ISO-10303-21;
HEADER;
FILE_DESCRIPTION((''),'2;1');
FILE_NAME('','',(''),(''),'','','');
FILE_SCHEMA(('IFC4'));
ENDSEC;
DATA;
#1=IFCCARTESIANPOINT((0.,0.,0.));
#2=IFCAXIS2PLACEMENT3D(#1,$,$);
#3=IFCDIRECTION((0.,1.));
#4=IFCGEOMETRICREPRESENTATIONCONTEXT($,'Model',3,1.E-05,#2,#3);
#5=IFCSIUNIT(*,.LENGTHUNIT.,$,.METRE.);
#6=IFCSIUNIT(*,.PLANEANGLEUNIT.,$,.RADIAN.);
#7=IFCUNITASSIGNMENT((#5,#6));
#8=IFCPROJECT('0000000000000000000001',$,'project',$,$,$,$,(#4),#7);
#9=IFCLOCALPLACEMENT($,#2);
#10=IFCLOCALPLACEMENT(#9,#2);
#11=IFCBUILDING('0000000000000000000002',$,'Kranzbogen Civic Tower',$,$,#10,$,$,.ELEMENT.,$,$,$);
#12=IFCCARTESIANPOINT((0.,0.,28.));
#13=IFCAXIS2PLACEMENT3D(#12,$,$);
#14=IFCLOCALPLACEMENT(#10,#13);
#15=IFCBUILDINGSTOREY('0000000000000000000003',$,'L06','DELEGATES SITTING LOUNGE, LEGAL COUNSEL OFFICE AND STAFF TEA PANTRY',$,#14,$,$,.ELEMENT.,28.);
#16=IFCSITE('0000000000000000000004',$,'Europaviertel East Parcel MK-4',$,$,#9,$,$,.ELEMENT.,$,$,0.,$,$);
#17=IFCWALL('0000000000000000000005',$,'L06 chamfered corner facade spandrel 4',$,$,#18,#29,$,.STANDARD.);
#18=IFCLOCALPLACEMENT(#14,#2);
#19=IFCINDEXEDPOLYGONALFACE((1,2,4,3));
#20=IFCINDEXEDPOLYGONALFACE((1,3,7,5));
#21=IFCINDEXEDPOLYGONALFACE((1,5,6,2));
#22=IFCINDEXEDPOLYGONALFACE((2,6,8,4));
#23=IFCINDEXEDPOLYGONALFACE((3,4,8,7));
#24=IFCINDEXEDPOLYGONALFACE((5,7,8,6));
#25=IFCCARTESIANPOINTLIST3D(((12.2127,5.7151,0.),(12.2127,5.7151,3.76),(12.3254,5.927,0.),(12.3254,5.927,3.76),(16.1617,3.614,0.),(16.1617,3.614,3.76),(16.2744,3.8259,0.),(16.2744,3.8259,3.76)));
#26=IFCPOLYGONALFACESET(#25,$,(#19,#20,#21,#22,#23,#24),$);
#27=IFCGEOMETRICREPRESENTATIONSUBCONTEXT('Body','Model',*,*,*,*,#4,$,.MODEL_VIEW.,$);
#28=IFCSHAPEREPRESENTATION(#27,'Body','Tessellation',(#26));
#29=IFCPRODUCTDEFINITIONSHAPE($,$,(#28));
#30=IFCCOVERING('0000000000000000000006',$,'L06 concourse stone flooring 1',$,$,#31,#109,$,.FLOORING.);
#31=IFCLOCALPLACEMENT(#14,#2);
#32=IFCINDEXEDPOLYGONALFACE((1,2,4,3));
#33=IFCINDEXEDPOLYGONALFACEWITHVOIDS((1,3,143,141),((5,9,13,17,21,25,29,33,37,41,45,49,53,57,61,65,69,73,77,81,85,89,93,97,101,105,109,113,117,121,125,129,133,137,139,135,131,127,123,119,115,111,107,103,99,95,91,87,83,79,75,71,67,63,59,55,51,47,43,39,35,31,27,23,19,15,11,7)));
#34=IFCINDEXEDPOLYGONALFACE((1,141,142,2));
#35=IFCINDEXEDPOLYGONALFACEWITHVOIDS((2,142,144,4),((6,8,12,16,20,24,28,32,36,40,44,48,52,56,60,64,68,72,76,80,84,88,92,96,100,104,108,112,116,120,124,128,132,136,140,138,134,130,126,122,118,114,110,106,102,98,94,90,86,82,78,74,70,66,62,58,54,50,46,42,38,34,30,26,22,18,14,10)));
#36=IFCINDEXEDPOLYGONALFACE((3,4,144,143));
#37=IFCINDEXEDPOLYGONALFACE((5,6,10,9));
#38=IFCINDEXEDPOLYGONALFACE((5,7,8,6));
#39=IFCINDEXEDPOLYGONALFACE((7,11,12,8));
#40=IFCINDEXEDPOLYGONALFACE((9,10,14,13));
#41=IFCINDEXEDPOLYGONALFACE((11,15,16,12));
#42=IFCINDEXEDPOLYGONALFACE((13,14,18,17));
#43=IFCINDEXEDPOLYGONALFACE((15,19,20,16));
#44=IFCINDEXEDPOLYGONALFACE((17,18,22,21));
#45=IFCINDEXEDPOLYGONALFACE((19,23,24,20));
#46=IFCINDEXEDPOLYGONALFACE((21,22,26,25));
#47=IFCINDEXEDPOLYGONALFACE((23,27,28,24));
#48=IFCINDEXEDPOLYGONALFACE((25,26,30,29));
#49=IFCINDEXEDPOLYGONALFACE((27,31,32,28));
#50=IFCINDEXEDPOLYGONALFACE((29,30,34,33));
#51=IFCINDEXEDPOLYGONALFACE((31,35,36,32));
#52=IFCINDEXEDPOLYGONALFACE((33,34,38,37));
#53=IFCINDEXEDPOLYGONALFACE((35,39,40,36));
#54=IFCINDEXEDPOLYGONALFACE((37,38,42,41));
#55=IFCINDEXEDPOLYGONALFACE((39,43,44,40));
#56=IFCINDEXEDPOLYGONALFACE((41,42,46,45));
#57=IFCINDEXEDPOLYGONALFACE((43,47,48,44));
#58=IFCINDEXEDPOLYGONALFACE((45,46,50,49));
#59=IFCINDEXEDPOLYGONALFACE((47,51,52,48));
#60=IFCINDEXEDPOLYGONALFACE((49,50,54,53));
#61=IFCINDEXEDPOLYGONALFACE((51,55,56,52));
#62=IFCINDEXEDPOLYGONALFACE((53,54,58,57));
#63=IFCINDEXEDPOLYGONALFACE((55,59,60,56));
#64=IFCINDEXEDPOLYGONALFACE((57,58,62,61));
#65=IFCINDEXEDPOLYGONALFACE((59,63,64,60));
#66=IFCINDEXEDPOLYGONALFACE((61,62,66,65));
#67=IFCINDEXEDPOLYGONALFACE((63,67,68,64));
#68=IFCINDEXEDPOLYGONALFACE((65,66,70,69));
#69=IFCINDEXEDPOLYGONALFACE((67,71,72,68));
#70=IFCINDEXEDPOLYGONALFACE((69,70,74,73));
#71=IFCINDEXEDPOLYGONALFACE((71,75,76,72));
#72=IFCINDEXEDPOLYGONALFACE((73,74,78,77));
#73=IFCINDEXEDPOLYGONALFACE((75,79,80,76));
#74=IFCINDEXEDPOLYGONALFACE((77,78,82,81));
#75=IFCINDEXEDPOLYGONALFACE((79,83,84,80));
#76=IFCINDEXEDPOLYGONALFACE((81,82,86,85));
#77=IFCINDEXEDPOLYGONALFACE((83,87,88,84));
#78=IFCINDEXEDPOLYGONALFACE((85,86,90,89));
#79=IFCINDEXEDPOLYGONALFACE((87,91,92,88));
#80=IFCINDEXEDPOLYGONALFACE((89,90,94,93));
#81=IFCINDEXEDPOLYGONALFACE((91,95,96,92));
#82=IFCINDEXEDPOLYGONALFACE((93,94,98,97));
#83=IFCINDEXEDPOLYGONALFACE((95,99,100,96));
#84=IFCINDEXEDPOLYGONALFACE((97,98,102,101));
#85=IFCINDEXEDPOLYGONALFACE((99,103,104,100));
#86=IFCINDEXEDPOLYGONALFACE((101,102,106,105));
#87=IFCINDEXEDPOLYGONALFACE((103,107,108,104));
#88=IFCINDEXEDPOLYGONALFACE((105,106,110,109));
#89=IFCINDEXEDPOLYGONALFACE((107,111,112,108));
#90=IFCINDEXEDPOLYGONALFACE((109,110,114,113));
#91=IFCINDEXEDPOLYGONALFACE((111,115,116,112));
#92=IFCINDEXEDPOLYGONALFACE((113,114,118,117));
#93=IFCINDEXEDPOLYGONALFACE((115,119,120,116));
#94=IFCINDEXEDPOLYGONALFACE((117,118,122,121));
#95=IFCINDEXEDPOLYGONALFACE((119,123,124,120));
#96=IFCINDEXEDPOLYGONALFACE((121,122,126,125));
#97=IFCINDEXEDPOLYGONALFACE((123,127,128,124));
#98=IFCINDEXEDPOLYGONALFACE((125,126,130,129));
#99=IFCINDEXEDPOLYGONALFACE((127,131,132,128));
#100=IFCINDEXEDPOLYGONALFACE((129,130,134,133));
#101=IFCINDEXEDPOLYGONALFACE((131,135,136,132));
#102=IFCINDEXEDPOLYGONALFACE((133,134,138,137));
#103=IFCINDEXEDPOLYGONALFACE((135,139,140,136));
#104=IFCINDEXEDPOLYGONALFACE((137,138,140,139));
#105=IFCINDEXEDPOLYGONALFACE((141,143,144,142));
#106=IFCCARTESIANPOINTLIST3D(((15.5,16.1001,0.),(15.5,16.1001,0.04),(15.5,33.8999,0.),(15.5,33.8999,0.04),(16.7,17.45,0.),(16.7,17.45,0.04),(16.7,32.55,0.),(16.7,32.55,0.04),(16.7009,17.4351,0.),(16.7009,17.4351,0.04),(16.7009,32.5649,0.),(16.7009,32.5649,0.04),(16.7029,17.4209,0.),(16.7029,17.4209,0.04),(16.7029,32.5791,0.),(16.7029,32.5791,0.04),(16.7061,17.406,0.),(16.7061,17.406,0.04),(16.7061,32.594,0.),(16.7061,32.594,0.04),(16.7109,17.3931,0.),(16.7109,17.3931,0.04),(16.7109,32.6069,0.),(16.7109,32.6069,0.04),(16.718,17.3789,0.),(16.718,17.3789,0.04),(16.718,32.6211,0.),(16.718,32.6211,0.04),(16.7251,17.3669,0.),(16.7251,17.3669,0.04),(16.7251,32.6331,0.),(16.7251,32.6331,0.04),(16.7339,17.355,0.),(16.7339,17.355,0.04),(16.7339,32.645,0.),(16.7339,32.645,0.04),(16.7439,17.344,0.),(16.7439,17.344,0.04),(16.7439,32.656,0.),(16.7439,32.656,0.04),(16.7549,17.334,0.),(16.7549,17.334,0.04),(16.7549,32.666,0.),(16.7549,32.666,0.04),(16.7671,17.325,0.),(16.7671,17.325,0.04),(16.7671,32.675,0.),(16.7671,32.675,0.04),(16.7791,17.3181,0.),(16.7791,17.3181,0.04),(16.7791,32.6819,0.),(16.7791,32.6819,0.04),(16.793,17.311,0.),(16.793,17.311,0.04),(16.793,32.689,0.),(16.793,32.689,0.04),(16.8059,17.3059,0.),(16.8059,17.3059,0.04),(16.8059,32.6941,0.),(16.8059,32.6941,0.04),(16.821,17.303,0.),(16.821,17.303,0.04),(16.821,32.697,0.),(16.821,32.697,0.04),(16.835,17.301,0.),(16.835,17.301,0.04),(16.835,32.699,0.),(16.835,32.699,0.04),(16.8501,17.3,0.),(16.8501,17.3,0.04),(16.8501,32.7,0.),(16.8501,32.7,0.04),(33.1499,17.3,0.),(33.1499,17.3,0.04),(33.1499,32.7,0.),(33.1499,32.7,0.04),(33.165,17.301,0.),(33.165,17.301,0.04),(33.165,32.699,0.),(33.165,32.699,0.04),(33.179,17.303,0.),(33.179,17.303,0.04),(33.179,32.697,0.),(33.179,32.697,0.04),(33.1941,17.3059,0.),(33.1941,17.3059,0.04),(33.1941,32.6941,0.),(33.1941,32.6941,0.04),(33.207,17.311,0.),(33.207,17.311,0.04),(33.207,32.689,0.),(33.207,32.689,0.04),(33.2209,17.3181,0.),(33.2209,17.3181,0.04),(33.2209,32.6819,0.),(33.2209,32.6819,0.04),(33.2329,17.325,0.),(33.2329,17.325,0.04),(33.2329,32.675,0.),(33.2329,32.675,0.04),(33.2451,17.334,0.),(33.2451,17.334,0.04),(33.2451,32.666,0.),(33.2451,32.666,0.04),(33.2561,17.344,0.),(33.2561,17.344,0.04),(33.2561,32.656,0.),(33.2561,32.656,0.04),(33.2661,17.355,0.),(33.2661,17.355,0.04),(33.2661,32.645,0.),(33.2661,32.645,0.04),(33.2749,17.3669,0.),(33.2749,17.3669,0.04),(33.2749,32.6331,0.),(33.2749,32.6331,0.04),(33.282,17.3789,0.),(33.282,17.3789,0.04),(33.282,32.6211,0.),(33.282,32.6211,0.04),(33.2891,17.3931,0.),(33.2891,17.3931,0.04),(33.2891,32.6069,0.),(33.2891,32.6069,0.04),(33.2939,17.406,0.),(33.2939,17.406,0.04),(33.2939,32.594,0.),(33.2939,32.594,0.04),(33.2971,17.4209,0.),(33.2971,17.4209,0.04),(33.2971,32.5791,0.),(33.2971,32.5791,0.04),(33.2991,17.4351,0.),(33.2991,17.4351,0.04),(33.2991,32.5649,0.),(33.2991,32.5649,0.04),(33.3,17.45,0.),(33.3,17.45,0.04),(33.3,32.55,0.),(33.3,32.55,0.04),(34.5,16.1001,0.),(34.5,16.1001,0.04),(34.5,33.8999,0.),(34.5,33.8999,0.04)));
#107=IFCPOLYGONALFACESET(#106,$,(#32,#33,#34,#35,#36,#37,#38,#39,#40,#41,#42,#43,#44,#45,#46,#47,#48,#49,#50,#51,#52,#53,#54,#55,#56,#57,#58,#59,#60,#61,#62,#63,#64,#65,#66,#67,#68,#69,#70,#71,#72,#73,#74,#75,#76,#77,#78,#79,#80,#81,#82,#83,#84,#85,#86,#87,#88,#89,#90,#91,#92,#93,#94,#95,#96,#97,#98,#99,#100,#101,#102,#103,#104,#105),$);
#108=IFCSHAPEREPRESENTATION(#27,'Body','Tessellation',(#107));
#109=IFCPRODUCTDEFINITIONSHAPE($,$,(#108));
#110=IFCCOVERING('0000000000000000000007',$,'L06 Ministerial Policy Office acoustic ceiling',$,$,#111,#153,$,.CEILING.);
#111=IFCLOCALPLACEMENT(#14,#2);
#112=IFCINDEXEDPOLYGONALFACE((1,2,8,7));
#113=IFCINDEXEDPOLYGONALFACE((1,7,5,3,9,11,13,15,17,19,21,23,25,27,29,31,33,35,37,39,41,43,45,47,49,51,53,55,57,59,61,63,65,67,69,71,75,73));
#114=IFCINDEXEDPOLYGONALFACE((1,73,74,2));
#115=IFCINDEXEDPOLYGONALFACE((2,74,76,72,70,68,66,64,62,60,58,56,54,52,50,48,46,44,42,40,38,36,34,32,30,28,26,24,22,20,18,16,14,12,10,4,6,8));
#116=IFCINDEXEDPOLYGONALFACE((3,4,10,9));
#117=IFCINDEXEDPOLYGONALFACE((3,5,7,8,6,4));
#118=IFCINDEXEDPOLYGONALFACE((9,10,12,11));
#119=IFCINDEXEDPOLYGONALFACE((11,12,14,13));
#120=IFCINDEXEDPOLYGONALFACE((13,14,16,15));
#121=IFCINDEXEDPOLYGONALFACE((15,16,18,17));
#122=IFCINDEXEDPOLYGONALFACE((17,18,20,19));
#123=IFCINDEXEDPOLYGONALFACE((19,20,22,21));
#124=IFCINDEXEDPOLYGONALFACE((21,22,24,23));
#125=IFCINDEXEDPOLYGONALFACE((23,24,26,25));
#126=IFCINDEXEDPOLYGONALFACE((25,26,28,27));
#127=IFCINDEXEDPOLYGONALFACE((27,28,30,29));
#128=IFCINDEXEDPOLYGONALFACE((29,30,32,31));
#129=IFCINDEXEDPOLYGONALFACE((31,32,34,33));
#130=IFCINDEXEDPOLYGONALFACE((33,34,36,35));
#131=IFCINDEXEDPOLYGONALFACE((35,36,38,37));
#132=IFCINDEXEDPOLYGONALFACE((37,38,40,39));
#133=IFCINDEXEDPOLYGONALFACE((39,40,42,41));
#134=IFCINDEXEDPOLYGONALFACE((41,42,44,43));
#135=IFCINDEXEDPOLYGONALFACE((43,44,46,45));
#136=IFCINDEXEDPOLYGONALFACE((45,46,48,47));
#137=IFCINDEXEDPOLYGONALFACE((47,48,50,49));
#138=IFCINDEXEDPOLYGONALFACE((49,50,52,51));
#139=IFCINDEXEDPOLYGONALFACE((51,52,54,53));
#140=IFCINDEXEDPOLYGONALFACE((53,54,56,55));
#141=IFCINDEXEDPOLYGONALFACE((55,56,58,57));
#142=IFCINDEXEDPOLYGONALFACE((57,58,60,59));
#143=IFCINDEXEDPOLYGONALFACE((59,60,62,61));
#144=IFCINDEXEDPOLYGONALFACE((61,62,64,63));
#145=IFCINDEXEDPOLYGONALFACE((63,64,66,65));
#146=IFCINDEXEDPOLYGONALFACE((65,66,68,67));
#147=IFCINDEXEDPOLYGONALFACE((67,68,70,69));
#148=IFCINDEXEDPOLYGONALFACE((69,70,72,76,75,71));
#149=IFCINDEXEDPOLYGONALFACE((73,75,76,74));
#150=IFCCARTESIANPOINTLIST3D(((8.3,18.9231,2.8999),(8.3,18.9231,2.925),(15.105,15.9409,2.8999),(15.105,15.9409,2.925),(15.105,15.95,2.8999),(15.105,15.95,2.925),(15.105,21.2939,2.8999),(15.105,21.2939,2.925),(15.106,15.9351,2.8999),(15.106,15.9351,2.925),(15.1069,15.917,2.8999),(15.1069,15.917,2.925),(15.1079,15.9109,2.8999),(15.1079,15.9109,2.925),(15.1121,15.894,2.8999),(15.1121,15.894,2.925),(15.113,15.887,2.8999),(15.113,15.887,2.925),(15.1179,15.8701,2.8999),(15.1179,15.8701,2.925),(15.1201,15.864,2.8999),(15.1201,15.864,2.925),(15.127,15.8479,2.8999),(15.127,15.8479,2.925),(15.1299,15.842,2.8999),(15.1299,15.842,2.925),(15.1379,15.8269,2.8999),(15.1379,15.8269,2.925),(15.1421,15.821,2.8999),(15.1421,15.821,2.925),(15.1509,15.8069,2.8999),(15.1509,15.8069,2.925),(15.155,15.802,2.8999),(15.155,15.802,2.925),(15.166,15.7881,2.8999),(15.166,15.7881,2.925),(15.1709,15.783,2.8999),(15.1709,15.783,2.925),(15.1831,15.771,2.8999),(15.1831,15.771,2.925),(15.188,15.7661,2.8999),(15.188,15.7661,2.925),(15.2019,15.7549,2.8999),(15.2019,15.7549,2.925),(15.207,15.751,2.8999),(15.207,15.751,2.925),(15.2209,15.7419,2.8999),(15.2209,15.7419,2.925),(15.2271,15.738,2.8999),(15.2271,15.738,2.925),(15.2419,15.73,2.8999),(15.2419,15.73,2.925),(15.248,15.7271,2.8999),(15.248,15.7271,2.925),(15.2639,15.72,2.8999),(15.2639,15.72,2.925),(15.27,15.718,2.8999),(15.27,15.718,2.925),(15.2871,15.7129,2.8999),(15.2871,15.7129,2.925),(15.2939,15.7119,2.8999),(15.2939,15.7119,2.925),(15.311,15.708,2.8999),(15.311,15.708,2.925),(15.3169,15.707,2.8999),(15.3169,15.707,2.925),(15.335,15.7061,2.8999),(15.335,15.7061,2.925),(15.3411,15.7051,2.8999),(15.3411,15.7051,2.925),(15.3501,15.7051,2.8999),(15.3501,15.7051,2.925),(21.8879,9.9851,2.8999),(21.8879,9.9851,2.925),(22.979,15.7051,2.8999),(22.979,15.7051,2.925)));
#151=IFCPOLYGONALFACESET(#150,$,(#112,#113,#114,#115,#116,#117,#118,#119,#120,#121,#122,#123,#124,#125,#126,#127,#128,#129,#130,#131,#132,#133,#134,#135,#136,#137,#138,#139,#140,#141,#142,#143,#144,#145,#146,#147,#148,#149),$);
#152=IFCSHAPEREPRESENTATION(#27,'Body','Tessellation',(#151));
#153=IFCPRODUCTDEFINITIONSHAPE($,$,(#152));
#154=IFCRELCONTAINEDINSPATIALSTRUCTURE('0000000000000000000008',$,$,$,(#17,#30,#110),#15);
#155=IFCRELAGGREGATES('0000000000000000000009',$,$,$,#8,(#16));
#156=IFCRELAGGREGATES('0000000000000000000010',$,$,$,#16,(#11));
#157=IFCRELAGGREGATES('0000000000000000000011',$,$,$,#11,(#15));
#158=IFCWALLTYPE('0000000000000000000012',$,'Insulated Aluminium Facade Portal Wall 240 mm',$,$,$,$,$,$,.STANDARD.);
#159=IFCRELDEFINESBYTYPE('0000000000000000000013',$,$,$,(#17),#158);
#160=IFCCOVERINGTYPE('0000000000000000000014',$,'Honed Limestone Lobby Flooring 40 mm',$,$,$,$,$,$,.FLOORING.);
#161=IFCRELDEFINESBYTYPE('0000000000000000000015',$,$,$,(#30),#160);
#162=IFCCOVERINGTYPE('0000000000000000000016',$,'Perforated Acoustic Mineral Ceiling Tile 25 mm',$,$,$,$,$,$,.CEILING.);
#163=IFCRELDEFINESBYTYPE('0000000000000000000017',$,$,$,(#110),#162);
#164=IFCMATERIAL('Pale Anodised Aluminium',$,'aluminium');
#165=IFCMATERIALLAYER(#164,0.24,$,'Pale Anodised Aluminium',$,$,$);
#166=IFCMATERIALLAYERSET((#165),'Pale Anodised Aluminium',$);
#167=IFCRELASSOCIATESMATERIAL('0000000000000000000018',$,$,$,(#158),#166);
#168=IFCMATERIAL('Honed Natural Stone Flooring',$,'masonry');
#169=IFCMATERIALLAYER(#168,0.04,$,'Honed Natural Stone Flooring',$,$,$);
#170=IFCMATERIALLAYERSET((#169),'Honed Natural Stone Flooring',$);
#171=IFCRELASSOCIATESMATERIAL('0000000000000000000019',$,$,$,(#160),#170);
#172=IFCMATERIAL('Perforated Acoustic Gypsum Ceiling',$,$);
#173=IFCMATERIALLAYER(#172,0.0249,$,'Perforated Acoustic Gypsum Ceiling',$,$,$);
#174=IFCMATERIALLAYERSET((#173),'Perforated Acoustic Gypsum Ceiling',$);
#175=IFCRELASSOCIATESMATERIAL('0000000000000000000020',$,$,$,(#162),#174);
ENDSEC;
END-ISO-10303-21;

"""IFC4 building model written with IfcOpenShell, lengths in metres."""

from ifc_helpers import new_model, si_unit, direction, frame, frame_2d, origin, place, context, subcontext, project, spatial, polyline, rectangle, outline, extrude, material, layer, layer_set, type_object, element, save


model = new_model("IFC4")

# Units and contexts
model_context = context("Model", 3, precision=1e-05, world=origin(), true_north=direction((0.0, 1.0)))
body_context = subcontext(model_context, "Body", "Model", "MODEL_VIEW")
ifc_project = project(units=[si_unit("LENGTHUNIT", "METRE"), si_unit("PLANEANGLEUNIT", "RADIAN")], contexts=[model_context])

# Site, building, storey
site_placement = place(None, origin())
site = spatial("IfcSite", under=ifc_project, at=site_placement, Name="Europaviertel East Parcel MK-4", CompositionType="ELEMENT", RefElevation=0.0)
building_placement = place(site_placement, origin())
building = spatial("IfcBuilding", under=site, at=building_placement, Name="Kranzbogen Civic Tower", CompositionType="ELEMENT")
storey_placement = place(building_placement, frame((0.0, 0.0, 28.0)))
storey = spatial("IfcBuildingStorey", under=building, at=storey_placement, Name="L06", Description="DELEGATES SITTING LOUNGE, LEGAL COUNSEL OFFICE AND STAFF TEA PANTRY", CompositionType="ELEMENT", Elevation=28.0)

# Shared definitions
ifc_material_1 = material(Name="Pale Anodised Aluminium", Category="aluminium")

# Wall
ifc_layer_1 = layer(ifc_material_1, 0.24, Name="Pale Anodised Aluminium")
ifc_layer_set_1 = layer_set([ifc_layer_1], Name="Pale Anodised Aluminium")
wall_type = type_object("IfcWallType", Name="Insulated Aluminium Facade Portal Wall 240 mm", PredefinedType="STANDARD", material=ifc_layer_set_1)
wall_placement = place(storey_placement, frame((12.269, 5.821, 0.0), z_axis=(0.0, 0.0, 1.0), x_axis=(0.882821, -0.46971, 0.0)))
element("IfcWall", 1, at=wall_placement, inside=storey, type_object=wall_type, Name="L06 chamfered corner facade spandrel 4", PredefinedType="STANDARD", context=body_context, shape_type="SweptSolid", body=[
    extrude(rectangle(XDim=4.4731, YDim=0.24, at=frame_2d((2.2366, 0.0))), origin(), (0.0, 0.0, 1.0), 3.76),
])

# Coverings
ifc_material_2 = material(Name="Honed Natural Stone Flooring", Category="masonry")
ifc_layer_2 = layer(ifc_material_2, 0.04, Name="Honed Natural Stone Flooring")
ifc_layer_set_2 = layer_set([ifc_layer_2], Name="Honed Natural Stone Flooring")
covering_type_1 = type_object("IfcCoveringType", Name="Honed Limestone Lobby Flooring 40 mm", PredefinedType="FLOORING", material=ifc_layer_set_2)
covering_1_placement = place(storey_placement, origin())
element("IfcCovering", 2, at=covering_1_placement, inside=storey, type_object=covering_type_1, Name="L06 concourse stone flooring 1", PredefinedType="FLOORING", context=body_context, shape_type="SweptSolid", body=[
    extrude(outline(polyline([(15.5, 33.8999), (34.5, 33.8999), (34.5, 16.1001), (15.5, 16.1001), (15.5, 33.8999)]), holes=[polyline([(33.1499, 32.7), (33.165, 32.699), (33.179, 32.697), (33.1941, 32.6941), (33.207, 32.689), (33.2209, 32.6819), (33.2329, 32.675), (33.2451, 32.666), (33.2561, 32.656), (33.2661, 32.645), (33.2749, 32.6331), (33.282, 32.6211), (33.2891, 32.6069), (33.2939, 32.594), (33.2971, 32.5791), (33.2991, 32.5649), (33.3, 32.55), (33.3, 17.45), (33.2991, 17.4351), (33.2971, 17.4209), (33.2939, 17.406), (33.2891, 17.3931), (33.282, 17.3789), (33.2749, 17.3669), (33.2661, 17.355), (33.2561, 17.344), (33.2451, 17.334), (33.2329, 17.325), (33.2209, 17.3181), (33.207, 17.311), (33.1941, 17.3059), (33.179, 17.303), (33.165, 17.301), (33.1499, 17.3), (16.8501, 17.3), (16.835, 17.301), (16.821, 17.303), (16.8059, 17.3059), (16.793, 17.311), (16.7791, 17.3181), (16.7671, 17.325), (16.7549, 17.334), (16.7439, 17.344), (16.7339, 17.355), (16.7251, 17.3669), (16.718, 17.3789), (16.7109, 17.3931), (16.7061, 17.406), (16.7029, 17.4209), (16.7009, 17.4351), (16.7, 17.45), (16.7, 32.55), (16.7009, 32.5649), (16.7029, 32.5791), (16.7061, 32.594), (16.7109, 32.6069), (16.718, 32.6211), (16.7251, 32.6331), (16.7339, 32.645), (16.7439, 32.656), (16.7549, 32.666), (16.7671, 32.675), (16.7791, 32.6819), (16.793, 32.689), (16.8059, 32.6941), (16.821, 32.697), (16.835, 32.699), (16.8501, 32.7), (33.1499, 32.7)])]), origin(), (0.0, 0.0, 1.0), 0.04),
])
ifc_material_3 = material(Name="Perforated Acoustic Gypsum Ceiling")
ifc_layer_3 = layer(ifc_material_3, 0.0249, Name="Perforated Acoustic Gypsum Ceiling")
ifc_layer_set_3 = layer_set([ifc_layer_3], Name="Perforated Acoustic Gypsum Ceiling")
covering_type_2 = type_object("IfcCoveringType", Name="Perforated Acoustic Mineral Ceiling Tile 25 mm", PredefinedType="CEILING", material=ifc_layer_set_3)
covering_2_placement = place(storey_placement, frame((0.0, 0.0, 2.8999)))
element("IfcCovering", 3, at=covering_2_placement, inside=storey, type_object=covering_type_2, Name="L06 Ministerial Policy Office acoustic ceiling", PredefinedType="CEILING", context=body_context, shape_type="SweptSolid", body=[
    extrude(outline(polyline([(15.105, 15.95), (15.105, 15.9409), (15.106, 15.9351), (15.1069, 15.917), (15.1079, 15.9109), (15.1121, 15.894), (15.113, 15.887), (15.1179, 15.8701), (15.1201, 15.864), (15.127, 15.8479), (15.1299, 15.842), (15.1379, 15.8269), (15.1421, 15.821), (15.1509, 15.8069), (15.155, 15.802), (15.166, 15.7881), (15.1709, 15.783), (15.1831, 15.771), (15.188, 15.7661), (15.2019, 15.7549), (15.207, 15.751), (15.2209, 15.7419), (15.2271, 15.738), (15.2419, 15.73), (15.248, 15.7271), (15.2639, 15.72), (15.27, 15.718), (15.2871, 15.7129), (15.2939, 15.7119), (15.311, 15.708), (15.3169, 15.707), (15.335, 15.7061), (15.3411, 15.7051), (15.3501, 15.7051), (22.979, 15.7051), (21.8879, 9.9851), (8.3, 18.9231), (15.105, 21.2939), (15.105, 15.95)])), origin(), (0.0, 0.0, 1.0), 0.0251),
])

save(model, "model.ifc")
